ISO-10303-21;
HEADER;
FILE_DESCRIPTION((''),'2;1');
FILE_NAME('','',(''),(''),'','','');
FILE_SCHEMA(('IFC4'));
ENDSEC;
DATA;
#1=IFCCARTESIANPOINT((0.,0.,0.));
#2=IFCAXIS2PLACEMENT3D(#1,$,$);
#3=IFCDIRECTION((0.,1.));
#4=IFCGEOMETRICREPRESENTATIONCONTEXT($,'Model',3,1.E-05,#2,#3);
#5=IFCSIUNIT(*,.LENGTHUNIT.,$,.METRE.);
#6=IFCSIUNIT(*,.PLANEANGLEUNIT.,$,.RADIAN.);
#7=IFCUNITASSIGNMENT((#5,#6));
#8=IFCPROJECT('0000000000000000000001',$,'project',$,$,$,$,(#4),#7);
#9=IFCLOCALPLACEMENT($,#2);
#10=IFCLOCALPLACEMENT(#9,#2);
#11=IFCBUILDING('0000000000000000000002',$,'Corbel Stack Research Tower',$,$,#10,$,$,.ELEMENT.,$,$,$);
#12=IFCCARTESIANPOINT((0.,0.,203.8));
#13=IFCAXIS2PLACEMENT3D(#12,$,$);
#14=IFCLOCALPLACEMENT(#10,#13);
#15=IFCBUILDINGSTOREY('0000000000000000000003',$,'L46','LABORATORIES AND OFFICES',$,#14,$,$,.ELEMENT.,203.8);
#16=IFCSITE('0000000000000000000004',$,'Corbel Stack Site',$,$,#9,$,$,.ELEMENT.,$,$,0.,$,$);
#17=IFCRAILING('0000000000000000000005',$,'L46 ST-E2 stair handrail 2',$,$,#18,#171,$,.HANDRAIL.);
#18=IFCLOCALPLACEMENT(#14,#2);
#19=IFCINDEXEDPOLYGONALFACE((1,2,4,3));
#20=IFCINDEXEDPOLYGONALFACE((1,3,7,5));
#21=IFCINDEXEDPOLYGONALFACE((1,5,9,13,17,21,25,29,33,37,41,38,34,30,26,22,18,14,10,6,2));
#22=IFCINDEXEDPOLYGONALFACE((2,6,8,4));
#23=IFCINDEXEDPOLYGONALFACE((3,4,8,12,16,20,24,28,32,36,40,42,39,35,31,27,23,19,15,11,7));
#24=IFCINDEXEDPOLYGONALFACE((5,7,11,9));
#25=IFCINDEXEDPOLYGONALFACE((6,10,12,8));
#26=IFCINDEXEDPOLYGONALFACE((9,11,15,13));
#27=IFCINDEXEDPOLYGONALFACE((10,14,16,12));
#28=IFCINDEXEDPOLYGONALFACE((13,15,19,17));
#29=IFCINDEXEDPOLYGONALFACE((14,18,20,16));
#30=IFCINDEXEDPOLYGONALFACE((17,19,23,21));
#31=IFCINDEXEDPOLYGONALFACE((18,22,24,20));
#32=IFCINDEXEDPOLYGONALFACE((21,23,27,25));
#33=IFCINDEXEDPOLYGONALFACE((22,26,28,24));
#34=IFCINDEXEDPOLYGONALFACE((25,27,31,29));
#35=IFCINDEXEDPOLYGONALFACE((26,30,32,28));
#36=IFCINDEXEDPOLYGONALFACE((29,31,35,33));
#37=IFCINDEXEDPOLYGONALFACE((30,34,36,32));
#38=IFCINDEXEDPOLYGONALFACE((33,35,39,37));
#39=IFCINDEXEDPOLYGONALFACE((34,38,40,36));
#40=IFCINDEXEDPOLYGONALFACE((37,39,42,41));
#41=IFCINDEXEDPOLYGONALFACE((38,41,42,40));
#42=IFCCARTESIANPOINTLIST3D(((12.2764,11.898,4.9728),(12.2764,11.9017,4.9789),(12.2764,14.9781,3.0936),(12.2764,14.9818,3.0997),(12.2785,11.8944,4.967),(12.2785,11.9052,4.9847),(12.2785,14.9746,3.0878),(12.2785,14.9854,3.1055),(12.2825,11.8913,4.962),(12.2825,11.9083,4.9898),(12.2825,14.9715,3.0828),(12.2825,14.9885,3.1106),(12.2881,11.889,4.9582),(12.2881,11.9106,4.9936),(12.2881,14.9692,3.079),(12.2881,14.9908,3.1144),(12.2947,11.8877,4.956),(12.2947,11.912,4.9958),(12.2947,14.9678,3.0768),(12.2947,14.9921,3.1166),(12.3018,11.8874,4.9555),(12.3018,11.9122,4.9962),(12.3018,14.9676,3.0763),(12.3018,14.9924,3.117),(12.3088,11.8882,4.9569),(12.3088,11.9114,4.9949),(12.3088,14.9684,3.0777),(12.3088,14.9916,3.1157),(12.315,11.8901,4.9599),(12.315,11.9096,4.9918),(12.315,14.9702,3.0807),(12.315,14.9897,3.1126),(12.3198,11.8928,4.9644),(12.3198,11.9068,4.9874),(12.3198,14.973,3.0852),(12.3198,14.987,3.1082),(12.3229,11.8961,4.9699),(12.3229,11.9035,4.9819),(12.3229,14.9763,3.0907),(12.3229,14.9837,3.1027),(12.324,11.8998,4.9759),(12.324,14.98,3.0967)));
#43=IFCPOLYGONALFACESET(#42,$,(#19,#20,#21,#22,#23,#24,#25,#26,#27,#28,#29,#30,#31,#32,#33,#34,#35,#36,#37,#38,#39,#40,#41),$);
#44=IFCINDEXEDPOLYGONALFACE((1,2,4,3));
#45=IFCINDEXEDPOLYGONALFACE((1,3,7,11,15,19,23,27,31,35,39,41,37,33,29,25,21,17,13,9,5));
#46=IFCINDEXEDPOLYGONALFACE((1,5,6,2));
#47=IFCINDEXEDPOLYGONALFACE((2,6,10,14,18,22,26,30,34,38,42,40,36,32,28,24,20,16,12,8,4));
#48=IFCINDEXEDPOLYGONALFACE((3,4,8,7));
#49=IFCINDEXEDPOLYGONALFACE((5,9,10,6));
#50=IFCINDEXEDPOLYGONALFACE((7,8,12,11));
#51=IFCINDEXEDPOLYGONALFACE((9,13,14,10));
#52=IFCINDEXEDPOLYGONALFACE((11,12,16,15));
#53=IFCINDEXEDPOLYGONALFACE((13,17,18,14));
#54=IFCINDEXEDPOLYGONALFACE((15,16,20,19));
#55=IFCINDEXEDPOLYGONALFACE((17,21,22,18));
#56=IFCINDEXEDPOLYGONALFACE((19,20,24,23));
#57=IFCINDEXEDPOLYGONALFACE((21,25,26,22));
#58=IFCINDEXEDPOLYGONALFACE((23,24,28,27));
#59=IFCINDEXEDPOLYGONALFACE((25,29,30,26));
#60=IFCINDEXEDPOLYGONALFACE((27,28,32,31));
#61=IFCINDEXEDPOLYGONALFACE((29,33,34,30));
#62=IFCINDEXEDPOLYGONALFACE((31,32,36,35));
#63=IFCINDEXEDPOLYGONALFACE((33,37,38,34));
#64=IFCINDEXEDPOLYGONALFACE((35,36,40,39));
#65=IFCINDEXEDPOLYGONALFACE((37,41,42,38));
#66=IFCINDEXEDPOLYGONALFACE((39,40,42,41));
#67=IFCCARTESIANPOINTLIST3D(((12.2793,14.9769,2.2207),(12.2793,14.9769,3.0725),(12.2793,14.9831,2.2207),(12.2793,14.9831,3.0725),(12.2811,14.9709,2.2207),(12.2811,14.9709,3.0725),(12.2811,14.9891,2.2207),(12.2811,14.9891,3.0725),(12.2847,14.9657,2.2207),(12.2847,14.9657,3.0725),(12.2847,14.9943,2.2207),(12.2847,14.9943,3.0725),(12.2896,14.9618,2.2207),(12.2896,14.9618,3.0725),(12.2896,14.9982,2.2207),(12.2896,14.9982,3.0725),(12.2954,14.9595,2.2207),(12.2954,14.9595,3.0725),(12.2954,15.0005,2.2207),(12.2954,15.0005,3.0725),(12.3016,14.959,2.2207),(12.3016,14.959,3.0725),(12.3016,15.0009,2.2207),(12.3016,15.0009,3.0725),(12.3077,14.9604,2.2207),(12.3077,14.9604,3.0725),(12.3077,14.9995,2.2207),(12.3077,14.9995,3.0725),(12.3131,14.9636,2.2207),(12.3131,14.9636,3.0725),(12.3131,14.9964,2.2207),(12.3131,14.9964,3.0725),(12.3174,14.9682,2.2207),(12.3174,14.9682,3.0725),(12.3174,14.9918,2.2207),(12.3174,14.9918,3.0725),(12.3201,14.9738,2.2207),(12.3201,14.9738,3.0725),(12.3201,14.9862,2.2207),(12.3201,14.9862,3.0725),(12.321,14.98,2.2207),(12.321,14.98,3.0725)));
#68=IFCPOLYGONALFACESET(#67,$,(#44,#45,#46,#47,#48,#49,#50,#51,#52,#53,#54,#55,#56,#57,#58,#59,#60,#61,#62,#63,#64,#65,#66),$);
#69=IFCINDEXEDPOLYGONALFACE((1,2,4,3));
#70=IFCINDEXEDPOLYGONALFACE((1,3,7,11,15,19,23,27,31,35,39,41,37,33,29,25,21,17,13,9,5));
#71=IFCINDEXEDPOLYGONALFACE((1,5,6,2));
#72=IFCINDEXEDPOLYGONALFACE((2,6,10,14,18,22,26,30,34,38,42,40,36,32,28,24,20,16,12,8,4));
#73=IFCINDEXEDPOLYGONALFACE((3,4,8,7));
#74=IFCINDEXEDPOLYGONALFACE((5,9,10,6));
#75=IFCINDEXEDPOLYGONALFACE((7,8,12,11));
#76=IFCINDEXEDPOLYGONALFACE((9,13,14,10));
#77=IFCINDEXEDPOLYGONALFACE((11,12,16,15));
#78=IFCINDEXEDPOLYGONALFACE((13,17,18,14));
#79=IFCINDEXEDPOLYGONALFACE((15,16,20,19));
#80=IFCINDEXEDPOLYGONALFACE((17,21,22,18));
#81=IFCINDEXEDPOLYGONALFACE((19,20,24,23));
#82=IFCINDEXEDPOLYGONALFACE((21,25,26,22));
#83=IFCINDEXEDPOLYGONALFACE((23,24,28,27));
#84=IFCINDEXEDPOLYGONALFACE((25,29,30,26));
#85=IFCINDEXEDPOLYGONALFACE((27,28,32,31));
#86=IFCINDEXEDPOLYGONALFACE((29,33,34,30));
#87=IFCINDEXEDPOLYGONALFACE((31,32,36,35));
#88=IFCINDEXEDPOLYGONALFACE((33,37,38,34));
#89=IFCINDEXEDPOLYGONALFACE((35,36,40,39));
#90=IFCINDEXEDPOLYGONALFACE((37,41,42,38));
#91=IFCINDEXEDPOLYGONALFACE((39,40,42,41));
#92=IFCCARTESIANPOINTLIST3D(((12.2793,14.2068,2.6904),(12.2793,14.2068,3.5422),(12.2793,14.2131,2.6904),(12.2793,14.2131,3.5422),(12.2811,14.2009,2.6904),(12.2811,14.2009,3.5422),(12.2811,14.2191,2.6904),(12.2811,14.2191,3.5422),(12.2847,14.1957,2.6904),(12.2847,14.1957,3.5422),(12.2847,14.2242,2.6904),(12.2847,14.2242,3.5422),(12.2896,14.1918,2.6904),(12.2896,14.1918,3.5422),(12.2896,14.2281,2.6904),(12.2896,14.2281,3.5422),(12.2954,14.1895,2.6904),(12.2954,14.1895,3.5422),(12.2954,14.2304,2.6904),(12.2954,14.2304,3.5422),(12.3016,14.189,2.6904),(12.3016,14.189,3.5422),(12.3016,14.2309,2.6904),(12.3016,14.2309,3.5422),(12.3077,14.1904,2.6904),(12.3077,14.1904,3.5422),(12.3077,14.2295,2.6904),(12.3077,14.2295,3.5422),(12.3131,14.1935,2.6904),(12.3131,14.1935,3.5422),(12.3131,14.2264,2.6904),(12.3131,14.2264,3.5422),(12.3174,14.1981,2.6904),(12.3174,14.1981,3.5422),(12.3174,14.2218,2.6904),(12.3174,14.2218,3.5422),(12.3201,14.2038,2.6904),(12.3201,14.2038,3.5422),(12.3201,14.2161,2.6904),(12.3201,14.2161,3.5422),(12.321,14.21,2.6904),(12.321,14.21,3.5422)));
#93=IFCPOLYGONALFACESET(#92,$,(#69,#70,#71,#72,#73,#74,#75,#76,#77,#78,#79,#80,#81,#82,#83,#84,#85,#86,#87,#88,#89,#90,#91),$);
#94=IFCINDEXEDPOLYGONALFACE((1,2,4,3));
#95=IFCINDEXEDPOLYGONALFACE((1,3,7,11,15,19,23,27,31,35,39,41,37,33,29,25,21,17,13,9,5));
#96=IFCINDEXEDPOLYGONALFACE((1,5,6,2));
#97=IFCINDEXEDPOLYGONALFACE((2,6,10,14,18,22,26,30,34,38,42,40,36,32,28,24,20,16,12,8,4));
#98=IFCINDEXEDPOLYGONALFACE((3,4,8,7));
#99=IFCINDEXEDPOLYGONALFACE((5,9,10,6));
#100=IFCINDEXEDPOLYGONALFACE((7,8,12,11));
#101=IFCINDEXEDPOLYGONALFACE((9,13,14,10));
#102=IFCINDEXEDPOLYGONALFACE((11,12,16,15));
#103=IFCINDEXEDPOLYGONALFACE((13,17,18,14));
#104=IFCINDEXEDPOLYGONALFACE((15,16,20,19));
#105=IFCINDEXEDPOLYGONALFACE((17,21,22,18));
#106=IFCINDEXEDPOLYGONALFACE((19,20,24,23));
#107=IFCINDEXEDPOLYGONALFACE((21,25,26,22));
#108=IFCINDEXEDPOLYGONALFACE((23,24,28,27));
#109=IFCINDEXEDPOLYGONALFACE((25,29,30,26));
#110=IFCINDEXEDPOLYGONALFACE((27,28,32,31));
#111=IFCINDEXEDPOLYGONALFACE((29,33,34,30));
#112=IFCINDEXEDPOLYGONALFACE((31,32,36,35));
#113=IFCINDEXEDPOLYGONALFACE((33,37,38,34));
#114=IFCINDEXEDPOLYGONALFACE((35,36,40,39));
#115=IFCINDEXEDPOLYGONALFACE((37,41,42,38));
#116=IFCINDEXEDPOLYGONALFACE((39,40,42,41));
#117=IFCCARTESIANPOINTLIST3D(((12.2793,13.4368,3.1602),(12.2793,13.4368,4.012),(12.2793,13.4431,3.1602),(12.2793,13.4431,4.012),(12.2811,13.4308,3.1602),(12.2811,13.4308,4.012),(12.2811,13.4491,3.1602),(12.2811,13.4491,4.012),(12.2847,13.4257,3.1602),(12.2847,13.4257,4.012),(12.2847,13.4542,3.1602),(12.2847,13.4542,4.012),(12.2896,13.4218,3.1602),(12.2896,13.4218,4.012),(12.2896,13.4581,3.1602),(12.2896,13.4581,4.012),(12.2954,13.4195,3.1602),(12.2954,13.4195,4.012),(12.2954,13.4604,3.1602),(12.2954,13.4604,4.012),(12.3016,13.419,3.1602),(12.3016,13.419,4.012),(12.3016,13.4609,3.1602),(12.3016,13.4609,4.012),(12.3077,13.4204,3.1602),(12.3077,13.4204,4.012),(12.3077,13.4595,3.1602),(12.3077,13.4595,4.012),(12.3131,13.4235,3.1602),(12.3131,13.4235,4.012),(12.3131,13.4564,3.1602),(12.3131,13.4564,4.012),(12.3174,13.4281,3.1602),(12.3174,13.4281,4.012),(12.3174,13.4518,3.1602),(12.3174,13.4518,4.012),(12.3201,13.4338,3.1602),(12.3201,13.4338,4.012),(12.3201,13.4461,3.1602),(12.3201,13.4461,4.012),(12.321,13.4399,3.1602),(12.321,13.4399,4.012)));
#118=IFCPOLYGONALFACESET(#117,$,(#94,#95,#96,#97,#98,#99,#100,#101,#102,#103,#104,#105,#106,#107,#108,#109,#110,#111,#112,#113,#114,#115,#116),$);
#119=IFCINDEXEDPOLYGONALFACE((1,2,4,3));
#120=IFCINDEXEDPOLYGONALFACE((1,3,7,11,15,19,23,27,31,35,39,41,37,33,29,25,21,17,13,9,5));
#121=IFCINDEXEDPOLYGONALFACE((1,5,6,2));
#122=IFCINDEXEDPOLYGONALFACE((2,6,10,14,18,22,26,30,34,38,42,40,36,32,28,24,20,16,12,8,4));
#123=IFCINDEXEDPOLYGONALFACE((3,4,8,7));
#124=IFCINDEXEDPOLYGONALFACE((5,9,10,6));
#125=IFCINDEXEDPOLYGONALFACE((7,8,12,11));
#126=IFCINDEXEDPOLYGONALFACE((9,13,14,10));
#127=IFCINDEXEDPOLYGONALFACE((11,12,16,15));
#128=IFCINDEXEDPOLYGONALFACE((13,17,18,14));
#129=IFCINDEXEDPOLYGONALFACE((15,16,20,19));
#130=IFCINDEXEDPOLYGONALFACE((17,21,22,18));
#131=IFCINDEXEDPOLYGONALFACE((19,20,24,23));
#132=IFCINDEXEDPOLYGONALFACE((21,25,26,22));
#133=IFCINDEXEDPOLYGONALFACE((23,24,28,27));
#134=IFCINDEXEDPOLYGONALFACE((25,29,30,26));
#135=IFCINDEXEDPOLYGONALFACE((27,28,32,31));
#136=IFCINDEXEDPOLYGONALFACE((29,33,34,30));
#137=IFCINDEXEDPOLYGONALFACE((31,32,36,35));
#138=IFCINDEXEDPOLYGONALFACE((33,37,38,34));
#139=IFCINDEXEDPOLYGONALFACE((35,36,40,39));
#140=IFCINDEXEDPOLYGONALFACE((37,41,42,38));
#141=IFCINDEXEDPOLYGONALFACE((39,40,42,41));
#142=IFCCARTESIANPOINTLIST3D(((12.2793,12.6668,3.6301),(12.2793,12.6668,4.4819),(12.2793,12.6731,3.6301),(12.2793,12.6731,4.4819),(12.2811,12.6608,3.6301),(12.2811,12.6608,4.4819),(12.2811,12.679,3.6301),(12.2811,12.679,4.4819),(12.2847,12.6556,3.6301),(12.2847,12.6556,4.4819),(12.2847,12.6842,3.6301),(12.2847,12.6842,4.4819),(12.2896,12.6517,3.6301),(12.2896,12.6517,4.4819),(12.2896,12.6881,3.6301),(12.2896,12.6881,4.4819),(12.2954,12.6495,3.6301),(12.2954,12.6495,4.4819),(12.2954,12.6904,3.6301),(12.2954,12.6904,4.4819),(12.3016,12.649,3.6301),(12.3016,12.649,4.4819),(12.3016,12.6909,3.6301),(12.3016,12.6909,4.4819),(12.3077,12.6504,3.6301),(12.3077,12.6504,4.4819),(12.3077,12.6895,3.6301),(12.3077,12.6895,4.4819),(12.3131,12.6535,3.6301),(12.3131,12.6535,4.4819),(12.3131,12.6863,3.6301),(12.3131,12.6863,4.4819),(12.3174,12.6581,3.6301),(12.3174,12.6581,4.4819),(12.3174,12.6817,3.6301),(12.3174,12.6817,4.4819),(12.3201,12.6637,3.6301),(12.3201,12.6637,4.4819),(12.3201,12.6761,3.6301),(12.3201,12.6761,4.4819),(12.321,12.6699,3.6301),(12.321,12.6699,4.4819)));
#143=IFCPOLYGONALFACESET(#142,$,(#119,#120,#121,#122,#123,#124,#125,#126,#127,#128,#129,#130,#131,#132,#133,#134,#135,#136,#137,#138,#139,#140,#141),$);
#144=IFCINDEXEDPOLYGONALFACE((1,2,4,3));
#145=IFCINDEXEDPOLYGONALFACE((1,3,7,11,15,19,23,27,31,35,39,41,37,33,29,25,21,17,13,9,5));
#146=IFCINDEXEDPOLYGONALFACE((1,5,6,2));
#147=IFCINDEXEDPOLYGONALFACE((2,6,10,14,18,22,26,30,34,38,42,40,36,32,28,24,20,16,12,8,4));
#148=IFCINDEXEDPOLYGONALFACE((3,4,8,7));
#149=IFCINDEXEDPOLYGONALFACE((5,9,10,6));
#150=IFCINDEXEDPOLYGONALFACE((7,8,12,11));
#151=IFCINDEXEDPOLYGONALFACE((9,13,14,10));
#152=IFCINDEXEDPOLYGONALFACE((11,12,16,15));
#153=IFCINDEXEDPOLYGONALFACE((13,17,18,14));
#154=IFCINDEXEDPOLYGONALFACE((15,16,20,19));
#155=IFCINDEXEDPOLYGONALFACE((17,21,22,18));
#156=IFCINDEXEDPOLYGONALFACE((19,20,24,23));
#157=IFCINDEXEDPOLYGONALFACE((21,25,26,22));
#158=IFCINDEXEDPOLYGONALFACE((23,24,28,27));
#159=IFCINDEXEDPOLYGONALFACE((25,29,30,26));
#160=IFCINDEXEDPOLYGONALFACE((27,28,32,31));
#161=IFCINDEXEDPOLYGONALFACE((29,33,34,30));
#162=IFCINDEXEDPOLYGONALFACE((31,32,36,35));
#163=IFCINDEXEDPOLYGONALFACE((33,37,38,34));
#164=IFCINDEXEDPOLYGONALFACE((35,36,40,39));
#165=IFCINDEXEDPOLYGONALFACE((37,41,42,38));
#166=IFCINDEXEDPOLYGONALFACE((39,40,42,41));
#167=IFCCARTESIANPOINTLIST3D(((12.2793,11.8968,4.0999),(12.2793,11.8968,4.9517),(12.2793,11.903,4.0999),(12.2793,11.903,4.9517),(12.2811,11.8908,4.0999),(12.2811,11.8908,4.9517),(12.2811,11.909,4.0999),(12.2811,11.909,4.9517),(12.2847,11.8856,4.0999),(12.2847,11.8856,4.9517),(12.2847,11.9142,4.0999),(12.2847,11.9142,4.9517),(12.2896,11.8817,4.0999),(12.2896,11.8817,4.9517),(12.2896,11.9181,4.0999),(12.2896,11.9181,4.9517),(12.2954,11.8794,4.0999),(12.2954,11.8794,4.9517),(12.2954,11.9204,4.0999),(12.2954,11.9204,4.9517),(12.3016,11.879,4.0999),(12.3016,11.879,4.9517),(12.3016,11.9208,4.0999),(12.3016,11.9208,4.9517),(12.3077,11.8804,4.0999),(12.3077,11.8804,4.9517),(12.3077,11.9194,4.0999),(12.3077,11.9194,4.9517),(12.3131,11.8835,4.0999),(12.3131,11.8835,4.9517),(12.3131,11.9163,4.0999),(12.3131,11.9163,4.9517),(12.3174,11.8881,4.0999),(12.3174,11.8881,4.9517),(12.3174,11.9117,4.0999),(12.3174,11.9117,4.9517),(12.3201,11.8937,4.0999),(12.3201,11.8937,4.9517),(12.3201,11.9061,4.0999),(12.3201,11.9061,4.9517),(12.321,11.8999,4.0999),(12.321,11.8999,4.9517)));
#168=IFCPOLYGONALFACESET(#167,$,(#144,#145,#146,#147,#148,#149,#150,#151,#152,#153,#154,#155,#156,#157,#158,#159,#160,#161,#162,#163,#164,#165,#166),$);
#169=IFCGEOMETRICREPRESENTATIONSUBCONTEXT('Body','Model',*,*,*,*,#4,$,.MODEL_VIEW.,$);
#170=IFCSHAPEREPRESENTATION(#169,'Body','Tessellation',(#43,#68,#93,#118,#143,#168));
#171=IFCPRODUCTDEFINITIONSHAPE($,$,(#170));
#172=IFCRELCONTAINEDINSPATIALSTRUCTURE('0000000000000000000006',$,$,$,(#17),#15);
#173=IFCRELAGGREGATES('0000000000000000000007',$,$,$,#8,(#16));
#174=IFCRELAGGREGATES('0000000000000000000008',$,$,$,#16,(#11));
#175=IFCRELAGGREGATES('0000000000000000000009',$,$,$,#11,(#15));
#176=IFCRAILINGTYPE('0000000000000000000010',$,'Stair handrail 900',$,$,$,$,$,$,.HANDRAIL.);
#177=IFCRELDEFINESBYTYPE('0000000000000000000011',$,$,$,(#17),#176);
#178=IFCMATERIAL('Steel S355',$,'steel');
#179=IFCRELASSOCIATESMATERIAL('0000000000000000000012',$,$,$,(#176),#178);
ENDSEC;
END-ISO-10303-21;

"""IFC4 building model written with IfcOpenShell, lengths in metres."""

from ifc_helpers import new_model, si_unit, direction, frame, origin, origin_2d, place, context, subcontext, project, spatial, circle, extrude, material, type_object, element, save


model = new_model("IFC4")

# Units and contexts
model_context = context("Model", 3, precision=1e-05, world=origin(), true_north=direction((0.0, 1.0)))
body_context = subcontext(model_context, "Body", "Model", "MODEL_VIEW")
ifc_project = project(units=[si_unit("LENGTHUNIT", "METRE"), si_unit("PLANEANGLEUNIT", "RADIAN")], contexts=[model_context])

# Site, building, storey
site_placement = place(None, origin())
site = spatial("IfcSite", under=ifc_project, at=site_placement, Name="Corbel Stack Site", CompositionType="ELEMENT", RefElevation=0.0)
building_placement = place(site_placement, origin())
building = spatial("IfcBuilding", under=site, at=building_placement, Name="Corbel Stack Research Tower", CompositionType="ELEMENT")
storey_placement = place(building_placement, frame((0.0, 0.0, 203.8)))
storey = spatial("IfcBuildingStorey", under=building, at=storey_placement, Name="L46", Description="LABORATORIES AND OFFICES", CompositionType="ELEMENT", Elevation=203.8)

# Railing
ifc_material_1 = material(Name="Steel S355", Category="steel")
railing_type_1 = type_object("IfcRailingType", Name="Stair handrail 900", PredefinedType="HANDRAIL", material=ifc_material_1)
railing_1_placement = place(storey_placement, frame((12.3, 14.98, 2.2207)))
element("IfcRailing", 1, at=railing_1_placement, inside=storey, type_object=railing_type_1, Name="L46 ST-E2 stair handrail 2", PredefinedType="HANDRAIL", context=body_context, shape_type="SweptSolid", body=[
    extrude(circle(Radius=0.0239, at=origin_2d()), frame((0.0, 0.0, 0.876), z_axis=(0.0, -0.853666, 0.52082), x_axis=(1.0, 0.0, 0.0)), (0.0, 0.0, 1.0), 3.6082),
    extrude(circle(Radius=0.021, at=origin_2d()), origin(), (0.0, 0.0, 1.0), 0.8518),
    extrude(circle(Radius=0.021, at=origin_2d()), frame((0.0, -0.77, 0.4697)), (0.0, 0.0, 1.0), 0.8518),
    extrude(circle(Radius=0.021, at=origin_2d()), frame((0.0, -1.54, 0.9395)), (0.0, 0.0, 1.0), 0.8518),
    extrude(circle(Radius=0.021, at=origin_2d()), frame((0.0, -2.3101, 1.4094)), (0.0, 0.0, 1.0), 0.8518),
    extrude(circle(Radius=0.021, at=origin_2d()), frame((0.0, -3.0801, 1.8792)), (0.0, 0.0, 1.0), 0.8518),
])

save(model, "model.ifc")
